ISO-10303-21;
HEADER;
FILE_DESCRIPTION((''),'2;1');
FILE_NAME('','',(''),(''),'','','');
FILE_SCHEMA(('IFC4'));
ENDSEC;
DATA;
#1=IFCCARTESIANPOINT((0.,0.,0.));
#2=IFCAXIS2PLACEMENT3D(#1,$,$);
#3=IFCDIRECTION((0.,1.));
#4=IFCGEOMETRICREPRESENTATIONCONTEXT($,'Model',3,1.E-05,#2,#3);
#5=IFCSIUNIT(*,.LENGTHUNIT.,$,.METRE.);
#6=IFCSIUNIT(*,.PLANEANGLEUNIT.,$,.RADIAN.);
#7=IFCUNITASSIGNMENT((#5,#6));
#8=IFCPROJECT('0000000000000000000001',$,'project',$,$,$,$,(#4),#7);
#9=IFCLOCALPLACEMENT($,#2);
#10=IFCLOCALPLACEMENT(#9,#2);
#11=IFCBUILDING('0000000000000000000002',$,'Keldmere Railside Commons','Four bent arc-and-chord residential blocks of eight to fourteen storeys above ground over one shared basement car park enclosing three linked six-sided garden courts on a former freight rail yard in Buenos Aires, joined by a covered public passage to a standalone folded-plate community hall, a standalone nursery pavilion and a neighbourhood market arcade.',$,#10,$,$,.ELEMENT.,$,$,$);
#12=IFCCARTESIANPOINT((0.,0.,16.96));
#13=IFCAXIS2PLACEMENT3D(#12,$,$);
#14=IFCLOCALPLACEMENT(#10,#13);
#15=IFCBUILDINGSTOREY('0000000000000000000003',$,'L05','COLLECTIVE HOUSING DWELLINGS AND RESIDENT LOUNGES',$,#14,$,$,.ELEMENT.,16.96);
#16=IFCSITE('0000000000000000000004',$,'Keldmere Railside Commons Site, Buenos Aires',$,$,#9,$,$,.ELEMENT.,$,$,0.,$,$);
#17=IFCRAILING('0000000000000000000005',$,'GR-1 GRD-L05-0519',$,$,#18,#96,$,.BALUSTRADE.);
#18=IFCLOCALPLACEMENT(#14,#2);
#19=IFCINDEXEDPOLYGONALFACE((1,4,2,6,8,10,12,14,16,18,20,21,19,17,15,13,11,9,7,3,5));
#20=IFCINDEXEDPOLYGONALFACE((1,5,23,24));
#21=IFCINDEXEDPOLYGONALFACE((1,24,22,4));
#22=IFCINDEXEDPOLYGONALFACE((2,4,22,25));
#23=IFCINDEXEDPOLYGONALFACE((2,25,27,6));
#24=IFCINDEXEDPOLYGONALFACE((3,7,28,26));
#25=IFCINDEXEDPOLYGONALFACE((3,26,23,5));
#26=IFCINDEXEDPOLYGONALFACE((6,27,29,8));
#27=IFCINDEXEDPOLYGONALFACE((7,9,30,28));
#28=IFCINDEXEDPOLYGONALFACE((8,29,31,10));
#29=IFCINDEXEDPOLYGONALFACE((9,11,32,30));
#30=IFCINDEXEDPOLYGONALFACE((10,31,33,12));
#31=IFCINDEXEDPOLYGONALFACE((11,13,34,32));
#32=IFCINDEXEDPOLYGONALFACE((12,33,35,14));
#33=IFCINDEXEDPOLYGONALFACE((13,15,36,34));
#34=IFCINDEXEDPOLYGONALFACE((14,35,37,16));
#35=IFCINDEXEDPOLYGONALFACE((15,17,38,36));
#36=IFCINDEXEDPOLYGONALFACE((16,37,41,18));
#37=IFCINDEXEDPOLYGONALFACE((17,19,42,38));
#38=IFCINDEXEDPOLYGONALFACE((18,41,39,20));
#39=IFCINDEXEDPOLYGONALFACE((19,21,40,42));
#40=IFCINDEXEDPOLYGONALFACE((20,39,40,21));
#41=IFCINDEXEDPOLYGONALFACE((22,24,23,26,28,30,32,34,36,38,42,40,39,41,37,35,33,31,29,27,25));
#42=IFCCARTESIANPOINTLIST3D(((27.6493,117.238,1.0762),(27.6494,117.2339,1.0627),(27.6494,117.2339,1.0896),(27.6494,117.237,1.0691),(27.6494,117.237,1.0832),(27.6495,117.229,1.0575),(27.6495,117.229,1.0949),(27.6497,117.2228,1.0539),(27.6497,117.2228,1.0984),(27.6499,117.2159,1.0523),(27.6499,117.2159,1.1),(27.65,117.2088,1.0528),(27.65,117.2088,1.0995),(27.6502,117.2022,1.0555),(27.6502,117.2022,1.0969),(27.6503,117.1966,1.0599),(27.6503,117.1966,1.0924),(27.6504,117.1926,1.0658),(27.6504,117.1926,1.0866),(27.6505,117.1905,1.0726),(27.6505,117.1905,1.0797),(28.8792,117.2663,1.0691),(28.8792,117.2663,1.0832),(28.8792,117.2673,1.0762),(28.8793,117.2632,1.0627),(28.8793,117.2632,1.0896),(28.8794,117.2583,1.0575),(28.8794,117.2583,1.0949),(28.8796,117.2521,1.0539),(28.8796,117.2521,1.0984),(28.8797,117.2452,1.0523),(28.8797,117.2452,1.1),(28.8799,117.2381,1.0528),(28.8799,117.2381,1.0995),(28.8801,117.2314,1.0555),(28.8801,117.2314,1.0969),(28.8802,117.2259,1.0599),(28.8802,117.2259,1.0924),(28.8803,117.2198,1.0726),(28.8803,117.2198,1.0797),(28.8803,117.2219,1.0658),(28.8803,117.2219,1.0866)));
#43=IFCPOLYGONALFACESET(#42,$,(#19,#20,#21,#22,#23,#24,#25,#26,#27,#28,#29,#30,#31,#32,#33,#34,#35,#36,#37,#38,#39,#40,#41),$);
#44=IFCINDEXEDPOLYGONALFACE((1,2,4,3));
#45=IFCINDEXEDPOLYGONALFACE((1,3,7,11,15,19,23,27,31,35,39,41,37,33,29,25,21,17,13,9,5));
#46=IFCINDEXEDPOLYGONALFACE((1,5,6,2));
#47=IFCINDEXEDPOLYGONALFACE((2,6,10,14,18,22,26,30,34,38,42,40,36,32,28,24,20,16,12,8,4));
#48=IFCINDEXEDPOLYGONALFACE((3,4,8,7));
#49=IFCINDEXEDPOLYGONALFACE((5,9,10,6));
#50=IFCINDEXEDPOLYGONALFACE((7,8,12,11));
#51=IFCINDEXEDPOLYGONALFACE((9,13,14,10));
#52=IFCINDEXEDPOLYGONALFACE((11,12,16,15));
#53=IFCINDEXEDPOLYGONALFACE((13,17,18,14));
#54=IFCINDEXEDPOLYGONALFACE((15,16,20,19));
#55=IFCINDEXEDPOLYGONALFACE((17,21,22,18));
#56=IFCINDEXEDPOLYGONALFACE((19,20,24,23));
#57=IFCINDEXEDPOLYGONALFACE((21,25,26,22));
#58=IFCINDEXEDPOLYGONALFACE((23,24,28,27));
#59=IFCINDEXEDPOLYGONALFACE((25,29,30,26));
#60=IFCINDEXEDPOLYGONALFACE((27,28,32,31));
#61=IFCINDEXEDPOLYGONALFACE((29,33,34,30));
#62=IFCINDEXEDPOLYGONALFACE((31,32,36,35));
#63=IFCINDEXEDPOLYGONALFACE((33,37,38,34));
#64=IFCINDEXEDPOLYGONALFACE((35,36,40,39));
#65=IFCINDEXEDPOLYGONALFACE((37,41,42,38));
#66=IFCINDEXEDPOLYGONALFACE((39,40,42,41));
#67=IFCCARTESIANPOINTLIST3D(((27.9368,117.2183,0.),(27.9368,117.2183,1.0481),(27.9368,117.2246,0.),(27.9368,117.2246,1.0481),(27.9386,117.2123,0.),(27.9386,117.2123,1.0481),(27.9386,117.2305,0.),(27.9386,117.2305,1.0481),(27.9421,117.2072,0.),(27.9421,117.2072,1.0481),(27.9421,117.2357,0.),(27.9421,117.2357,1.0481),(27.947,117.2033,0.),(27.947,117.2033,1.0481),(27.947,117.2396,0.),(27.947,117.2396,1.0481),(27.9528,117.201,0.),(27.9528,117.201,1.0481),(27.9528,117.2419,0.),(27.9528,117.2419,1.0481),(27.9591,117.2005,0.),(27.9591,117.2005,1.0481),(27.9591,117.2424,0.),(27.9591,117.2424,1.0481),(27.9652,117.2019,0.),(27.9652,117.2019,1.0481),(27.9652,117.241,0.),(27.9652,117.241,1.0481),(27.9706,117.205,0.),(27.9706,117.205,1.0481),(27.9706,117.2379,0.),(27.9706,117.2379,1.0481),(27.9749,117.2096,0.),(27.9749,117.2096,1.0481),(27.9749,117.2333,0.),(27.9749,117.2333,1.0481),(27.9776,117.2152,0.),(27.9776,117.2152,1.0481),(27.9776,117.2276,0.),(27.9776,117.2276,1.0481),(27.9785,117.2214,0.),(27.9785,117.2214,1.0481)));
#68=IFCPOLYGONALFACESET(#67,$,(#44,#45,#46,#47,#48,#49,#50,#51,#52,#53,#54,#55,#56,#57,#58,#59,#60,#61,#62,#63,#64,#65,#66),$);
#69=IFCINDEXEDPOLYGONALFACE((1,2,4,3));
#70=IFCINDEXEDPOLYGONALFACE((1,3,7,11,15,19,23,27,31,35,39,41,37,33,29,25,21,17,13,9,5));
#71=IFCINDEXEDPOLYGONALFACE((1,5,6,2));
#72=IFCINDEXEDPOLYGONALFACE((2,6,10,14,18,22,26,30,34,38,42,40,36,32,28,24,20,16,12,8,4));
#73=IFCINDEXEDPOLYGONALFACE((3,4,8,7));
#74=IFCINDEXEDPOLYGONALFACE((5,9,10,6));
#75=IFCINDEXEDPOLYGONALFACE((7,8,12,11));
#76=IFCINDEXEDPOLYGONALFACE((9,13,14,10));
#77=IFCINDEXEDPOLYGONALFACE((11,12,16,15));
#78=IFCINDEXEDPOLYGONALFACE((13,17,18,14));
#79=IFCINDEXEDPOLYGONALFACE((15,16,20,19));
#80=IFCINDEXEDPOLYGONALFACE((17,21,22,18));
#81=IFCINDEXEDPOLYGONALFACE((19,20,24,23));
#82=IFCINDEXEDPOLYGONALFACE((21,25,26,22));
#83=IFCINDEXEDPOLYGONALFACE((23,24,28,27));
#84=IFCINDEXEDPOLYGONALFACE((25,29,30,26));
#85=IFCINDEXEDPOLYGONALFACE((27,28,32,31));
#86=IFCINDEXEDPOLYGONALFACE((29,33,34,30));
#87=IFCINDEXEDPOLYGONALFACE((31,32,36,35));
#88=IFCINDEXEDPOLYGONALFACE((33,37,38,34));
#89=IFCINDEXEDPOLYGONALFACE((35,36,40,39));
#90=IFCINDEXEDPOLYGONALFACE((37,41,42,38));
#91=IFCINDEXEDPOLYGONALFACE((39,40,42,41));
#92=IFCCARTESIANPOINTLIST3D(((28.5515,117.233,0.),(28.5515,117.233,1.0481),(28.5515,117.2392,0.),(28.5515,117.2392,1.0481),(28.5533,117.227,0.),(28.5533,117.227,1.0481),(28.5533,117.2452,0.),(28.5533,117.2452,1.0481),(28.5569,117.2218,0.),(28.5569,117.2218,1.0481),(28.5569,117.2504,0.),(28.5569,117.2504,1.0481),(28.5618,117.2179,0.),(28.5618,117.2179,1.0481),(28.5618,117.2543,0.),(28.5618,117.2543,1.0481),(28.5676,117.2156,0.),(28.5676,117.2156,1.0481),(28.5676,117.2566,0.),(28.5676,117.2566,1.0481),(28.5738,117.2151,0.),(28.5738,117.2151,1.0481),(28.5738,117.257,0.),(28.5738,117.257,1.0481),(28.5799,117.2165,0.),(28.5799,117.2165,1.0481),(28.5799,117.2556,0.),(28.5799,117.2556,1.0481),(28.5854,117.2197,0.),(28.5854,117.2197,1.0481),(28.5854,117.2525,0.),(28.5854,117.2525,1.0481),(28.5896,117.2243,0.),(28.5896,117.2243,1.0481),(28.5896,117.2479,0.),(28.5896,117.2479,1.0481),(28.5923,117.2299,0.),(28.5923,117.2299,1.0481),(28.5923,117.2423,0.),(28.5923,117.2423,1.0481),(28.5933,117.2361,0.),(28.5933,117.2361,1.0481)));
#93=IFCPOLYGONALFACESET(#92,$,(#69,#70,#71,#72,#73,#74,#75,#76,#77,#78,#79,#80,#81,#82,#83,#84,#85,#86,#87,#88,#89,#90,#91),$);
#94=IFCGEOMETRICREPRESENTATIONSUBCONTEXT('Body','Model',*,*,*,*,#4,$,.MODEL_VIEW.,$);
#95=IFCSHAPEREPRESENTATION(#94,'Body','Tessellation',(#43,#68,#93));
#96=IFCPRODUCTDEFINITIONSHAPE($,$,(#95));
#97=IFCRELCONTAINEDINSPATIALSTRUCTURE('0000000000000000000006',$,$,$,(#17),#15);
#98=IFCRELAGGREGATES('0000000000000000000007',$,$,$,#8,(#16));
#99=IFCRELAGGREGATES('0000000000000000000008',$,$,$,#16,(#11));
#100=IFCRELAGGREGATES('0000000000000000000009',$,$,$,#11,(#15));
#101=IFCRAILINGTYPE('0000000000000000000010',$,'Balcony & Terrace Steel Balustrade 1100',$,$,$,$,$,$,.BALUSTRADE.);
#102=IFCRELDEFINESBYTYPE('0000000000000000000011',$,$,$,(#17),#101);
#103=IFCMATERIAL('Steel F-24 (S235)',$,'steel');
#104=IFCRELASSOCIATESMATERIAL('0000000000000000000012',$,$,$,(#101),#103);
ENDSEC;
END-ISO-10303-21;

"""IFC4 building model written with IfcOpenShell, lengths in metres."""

from ifc_helpers import new_model, si_unit, direction, frame, origin, origin_2d, place, context, subcontext, project, spatial, circle, extrude, material, type_object, element, save


model = new_model("IFC4")

# Units and contexts
model_context = context("Model", 3, precision=1e-05, world=origin(), true_north=direction((0.0, 1.0)))
body_context = subcontext(model_context, "Body", "Model", "MODEL_VIEW")
ifc_project = project(units=[si_unit("LENGTHUNIT", "METRE"), si_unit("PLANEANGLEUNIT", "RADIAN")], contexts=[model_context])

# Site, building, storey
site_placement = place(None, origin())
site = spatial("IfcSite", under=ifc_project, at=site_placement, Name="Keldmere Railside Commons Site, Buenos Aires", CompositionType="ELEMENT", RefElevation=0.0)
building_placement = place(site_placement, origin())
building = spatial("IfcBuilding", under=site, at=building_placement, Name="Keldmere Railside Commons", Description="Four bent arc-and-chord residential blocks of eight to fourteen storeys above ground over one shared basement car park enclosing three linked six-sided garden courts on a former freight rail yard in Buenos Aires, joined by a covered public passage to a standalone folded-plate community hall, a standalone nursery pavilion and a neighbourhood market arcade.", CompositionType="ELEMENT")
storey_placement = place(building_placement, frame((0.0, 0.0, 16.96)))
storey = spatial("IfcBuildingStorey", under=building, at=storey_placement, Name="L05", Description="COLLECTIVE HOUSING DWELLINGS AND RESIDENT LOUNGES", CompositionType="ELEMENT", Elevation=16.96)

# Railing
ifc_material_1 = material(Name="Steel F-24 (S235)", Category="steel")
railing_type = type_object("IfcRailingType", Name="Balcony & Terrace Steel Balustrade 1100", PredefinedType="BALUSTRADE", material=ifc_material_1)
railing_1_placement = place(storey_placement, frame((27.6499, 117.2141, 0.0)))
element("IfcRailing", 1, at=railing_1_placement, inside=storey, type_object=railing_type, Name="GR-1 GRD-L05-0519", PredefinedType="BALUSTRADE", context=body_context, shape_type="SweptSolid", body=[
    extrude(circle(Radius=0.0239, at=origin_2d()), frame((0.0, 0.0, 1.0762), z_axis=(0.999716, 0.023812, 0.0), x_axis=(-0.023812, 0.999716, 0.0)), (0.0, 0.0, 1.0), 1.2302),
    extrude(circle(Radius=0.021, at=origin_2d()), frame((0.3076, 0.0073, 0.0)), (0.0, 0.0, 1.0), 1.0481),
    extrude(circle(Radius=0.021, at=origin_2d()), frame((0.9224, 0.022, 0.0)), (0.0, 0.0, 1.0), 1.0481),
])

save(model, "model.ifc")
